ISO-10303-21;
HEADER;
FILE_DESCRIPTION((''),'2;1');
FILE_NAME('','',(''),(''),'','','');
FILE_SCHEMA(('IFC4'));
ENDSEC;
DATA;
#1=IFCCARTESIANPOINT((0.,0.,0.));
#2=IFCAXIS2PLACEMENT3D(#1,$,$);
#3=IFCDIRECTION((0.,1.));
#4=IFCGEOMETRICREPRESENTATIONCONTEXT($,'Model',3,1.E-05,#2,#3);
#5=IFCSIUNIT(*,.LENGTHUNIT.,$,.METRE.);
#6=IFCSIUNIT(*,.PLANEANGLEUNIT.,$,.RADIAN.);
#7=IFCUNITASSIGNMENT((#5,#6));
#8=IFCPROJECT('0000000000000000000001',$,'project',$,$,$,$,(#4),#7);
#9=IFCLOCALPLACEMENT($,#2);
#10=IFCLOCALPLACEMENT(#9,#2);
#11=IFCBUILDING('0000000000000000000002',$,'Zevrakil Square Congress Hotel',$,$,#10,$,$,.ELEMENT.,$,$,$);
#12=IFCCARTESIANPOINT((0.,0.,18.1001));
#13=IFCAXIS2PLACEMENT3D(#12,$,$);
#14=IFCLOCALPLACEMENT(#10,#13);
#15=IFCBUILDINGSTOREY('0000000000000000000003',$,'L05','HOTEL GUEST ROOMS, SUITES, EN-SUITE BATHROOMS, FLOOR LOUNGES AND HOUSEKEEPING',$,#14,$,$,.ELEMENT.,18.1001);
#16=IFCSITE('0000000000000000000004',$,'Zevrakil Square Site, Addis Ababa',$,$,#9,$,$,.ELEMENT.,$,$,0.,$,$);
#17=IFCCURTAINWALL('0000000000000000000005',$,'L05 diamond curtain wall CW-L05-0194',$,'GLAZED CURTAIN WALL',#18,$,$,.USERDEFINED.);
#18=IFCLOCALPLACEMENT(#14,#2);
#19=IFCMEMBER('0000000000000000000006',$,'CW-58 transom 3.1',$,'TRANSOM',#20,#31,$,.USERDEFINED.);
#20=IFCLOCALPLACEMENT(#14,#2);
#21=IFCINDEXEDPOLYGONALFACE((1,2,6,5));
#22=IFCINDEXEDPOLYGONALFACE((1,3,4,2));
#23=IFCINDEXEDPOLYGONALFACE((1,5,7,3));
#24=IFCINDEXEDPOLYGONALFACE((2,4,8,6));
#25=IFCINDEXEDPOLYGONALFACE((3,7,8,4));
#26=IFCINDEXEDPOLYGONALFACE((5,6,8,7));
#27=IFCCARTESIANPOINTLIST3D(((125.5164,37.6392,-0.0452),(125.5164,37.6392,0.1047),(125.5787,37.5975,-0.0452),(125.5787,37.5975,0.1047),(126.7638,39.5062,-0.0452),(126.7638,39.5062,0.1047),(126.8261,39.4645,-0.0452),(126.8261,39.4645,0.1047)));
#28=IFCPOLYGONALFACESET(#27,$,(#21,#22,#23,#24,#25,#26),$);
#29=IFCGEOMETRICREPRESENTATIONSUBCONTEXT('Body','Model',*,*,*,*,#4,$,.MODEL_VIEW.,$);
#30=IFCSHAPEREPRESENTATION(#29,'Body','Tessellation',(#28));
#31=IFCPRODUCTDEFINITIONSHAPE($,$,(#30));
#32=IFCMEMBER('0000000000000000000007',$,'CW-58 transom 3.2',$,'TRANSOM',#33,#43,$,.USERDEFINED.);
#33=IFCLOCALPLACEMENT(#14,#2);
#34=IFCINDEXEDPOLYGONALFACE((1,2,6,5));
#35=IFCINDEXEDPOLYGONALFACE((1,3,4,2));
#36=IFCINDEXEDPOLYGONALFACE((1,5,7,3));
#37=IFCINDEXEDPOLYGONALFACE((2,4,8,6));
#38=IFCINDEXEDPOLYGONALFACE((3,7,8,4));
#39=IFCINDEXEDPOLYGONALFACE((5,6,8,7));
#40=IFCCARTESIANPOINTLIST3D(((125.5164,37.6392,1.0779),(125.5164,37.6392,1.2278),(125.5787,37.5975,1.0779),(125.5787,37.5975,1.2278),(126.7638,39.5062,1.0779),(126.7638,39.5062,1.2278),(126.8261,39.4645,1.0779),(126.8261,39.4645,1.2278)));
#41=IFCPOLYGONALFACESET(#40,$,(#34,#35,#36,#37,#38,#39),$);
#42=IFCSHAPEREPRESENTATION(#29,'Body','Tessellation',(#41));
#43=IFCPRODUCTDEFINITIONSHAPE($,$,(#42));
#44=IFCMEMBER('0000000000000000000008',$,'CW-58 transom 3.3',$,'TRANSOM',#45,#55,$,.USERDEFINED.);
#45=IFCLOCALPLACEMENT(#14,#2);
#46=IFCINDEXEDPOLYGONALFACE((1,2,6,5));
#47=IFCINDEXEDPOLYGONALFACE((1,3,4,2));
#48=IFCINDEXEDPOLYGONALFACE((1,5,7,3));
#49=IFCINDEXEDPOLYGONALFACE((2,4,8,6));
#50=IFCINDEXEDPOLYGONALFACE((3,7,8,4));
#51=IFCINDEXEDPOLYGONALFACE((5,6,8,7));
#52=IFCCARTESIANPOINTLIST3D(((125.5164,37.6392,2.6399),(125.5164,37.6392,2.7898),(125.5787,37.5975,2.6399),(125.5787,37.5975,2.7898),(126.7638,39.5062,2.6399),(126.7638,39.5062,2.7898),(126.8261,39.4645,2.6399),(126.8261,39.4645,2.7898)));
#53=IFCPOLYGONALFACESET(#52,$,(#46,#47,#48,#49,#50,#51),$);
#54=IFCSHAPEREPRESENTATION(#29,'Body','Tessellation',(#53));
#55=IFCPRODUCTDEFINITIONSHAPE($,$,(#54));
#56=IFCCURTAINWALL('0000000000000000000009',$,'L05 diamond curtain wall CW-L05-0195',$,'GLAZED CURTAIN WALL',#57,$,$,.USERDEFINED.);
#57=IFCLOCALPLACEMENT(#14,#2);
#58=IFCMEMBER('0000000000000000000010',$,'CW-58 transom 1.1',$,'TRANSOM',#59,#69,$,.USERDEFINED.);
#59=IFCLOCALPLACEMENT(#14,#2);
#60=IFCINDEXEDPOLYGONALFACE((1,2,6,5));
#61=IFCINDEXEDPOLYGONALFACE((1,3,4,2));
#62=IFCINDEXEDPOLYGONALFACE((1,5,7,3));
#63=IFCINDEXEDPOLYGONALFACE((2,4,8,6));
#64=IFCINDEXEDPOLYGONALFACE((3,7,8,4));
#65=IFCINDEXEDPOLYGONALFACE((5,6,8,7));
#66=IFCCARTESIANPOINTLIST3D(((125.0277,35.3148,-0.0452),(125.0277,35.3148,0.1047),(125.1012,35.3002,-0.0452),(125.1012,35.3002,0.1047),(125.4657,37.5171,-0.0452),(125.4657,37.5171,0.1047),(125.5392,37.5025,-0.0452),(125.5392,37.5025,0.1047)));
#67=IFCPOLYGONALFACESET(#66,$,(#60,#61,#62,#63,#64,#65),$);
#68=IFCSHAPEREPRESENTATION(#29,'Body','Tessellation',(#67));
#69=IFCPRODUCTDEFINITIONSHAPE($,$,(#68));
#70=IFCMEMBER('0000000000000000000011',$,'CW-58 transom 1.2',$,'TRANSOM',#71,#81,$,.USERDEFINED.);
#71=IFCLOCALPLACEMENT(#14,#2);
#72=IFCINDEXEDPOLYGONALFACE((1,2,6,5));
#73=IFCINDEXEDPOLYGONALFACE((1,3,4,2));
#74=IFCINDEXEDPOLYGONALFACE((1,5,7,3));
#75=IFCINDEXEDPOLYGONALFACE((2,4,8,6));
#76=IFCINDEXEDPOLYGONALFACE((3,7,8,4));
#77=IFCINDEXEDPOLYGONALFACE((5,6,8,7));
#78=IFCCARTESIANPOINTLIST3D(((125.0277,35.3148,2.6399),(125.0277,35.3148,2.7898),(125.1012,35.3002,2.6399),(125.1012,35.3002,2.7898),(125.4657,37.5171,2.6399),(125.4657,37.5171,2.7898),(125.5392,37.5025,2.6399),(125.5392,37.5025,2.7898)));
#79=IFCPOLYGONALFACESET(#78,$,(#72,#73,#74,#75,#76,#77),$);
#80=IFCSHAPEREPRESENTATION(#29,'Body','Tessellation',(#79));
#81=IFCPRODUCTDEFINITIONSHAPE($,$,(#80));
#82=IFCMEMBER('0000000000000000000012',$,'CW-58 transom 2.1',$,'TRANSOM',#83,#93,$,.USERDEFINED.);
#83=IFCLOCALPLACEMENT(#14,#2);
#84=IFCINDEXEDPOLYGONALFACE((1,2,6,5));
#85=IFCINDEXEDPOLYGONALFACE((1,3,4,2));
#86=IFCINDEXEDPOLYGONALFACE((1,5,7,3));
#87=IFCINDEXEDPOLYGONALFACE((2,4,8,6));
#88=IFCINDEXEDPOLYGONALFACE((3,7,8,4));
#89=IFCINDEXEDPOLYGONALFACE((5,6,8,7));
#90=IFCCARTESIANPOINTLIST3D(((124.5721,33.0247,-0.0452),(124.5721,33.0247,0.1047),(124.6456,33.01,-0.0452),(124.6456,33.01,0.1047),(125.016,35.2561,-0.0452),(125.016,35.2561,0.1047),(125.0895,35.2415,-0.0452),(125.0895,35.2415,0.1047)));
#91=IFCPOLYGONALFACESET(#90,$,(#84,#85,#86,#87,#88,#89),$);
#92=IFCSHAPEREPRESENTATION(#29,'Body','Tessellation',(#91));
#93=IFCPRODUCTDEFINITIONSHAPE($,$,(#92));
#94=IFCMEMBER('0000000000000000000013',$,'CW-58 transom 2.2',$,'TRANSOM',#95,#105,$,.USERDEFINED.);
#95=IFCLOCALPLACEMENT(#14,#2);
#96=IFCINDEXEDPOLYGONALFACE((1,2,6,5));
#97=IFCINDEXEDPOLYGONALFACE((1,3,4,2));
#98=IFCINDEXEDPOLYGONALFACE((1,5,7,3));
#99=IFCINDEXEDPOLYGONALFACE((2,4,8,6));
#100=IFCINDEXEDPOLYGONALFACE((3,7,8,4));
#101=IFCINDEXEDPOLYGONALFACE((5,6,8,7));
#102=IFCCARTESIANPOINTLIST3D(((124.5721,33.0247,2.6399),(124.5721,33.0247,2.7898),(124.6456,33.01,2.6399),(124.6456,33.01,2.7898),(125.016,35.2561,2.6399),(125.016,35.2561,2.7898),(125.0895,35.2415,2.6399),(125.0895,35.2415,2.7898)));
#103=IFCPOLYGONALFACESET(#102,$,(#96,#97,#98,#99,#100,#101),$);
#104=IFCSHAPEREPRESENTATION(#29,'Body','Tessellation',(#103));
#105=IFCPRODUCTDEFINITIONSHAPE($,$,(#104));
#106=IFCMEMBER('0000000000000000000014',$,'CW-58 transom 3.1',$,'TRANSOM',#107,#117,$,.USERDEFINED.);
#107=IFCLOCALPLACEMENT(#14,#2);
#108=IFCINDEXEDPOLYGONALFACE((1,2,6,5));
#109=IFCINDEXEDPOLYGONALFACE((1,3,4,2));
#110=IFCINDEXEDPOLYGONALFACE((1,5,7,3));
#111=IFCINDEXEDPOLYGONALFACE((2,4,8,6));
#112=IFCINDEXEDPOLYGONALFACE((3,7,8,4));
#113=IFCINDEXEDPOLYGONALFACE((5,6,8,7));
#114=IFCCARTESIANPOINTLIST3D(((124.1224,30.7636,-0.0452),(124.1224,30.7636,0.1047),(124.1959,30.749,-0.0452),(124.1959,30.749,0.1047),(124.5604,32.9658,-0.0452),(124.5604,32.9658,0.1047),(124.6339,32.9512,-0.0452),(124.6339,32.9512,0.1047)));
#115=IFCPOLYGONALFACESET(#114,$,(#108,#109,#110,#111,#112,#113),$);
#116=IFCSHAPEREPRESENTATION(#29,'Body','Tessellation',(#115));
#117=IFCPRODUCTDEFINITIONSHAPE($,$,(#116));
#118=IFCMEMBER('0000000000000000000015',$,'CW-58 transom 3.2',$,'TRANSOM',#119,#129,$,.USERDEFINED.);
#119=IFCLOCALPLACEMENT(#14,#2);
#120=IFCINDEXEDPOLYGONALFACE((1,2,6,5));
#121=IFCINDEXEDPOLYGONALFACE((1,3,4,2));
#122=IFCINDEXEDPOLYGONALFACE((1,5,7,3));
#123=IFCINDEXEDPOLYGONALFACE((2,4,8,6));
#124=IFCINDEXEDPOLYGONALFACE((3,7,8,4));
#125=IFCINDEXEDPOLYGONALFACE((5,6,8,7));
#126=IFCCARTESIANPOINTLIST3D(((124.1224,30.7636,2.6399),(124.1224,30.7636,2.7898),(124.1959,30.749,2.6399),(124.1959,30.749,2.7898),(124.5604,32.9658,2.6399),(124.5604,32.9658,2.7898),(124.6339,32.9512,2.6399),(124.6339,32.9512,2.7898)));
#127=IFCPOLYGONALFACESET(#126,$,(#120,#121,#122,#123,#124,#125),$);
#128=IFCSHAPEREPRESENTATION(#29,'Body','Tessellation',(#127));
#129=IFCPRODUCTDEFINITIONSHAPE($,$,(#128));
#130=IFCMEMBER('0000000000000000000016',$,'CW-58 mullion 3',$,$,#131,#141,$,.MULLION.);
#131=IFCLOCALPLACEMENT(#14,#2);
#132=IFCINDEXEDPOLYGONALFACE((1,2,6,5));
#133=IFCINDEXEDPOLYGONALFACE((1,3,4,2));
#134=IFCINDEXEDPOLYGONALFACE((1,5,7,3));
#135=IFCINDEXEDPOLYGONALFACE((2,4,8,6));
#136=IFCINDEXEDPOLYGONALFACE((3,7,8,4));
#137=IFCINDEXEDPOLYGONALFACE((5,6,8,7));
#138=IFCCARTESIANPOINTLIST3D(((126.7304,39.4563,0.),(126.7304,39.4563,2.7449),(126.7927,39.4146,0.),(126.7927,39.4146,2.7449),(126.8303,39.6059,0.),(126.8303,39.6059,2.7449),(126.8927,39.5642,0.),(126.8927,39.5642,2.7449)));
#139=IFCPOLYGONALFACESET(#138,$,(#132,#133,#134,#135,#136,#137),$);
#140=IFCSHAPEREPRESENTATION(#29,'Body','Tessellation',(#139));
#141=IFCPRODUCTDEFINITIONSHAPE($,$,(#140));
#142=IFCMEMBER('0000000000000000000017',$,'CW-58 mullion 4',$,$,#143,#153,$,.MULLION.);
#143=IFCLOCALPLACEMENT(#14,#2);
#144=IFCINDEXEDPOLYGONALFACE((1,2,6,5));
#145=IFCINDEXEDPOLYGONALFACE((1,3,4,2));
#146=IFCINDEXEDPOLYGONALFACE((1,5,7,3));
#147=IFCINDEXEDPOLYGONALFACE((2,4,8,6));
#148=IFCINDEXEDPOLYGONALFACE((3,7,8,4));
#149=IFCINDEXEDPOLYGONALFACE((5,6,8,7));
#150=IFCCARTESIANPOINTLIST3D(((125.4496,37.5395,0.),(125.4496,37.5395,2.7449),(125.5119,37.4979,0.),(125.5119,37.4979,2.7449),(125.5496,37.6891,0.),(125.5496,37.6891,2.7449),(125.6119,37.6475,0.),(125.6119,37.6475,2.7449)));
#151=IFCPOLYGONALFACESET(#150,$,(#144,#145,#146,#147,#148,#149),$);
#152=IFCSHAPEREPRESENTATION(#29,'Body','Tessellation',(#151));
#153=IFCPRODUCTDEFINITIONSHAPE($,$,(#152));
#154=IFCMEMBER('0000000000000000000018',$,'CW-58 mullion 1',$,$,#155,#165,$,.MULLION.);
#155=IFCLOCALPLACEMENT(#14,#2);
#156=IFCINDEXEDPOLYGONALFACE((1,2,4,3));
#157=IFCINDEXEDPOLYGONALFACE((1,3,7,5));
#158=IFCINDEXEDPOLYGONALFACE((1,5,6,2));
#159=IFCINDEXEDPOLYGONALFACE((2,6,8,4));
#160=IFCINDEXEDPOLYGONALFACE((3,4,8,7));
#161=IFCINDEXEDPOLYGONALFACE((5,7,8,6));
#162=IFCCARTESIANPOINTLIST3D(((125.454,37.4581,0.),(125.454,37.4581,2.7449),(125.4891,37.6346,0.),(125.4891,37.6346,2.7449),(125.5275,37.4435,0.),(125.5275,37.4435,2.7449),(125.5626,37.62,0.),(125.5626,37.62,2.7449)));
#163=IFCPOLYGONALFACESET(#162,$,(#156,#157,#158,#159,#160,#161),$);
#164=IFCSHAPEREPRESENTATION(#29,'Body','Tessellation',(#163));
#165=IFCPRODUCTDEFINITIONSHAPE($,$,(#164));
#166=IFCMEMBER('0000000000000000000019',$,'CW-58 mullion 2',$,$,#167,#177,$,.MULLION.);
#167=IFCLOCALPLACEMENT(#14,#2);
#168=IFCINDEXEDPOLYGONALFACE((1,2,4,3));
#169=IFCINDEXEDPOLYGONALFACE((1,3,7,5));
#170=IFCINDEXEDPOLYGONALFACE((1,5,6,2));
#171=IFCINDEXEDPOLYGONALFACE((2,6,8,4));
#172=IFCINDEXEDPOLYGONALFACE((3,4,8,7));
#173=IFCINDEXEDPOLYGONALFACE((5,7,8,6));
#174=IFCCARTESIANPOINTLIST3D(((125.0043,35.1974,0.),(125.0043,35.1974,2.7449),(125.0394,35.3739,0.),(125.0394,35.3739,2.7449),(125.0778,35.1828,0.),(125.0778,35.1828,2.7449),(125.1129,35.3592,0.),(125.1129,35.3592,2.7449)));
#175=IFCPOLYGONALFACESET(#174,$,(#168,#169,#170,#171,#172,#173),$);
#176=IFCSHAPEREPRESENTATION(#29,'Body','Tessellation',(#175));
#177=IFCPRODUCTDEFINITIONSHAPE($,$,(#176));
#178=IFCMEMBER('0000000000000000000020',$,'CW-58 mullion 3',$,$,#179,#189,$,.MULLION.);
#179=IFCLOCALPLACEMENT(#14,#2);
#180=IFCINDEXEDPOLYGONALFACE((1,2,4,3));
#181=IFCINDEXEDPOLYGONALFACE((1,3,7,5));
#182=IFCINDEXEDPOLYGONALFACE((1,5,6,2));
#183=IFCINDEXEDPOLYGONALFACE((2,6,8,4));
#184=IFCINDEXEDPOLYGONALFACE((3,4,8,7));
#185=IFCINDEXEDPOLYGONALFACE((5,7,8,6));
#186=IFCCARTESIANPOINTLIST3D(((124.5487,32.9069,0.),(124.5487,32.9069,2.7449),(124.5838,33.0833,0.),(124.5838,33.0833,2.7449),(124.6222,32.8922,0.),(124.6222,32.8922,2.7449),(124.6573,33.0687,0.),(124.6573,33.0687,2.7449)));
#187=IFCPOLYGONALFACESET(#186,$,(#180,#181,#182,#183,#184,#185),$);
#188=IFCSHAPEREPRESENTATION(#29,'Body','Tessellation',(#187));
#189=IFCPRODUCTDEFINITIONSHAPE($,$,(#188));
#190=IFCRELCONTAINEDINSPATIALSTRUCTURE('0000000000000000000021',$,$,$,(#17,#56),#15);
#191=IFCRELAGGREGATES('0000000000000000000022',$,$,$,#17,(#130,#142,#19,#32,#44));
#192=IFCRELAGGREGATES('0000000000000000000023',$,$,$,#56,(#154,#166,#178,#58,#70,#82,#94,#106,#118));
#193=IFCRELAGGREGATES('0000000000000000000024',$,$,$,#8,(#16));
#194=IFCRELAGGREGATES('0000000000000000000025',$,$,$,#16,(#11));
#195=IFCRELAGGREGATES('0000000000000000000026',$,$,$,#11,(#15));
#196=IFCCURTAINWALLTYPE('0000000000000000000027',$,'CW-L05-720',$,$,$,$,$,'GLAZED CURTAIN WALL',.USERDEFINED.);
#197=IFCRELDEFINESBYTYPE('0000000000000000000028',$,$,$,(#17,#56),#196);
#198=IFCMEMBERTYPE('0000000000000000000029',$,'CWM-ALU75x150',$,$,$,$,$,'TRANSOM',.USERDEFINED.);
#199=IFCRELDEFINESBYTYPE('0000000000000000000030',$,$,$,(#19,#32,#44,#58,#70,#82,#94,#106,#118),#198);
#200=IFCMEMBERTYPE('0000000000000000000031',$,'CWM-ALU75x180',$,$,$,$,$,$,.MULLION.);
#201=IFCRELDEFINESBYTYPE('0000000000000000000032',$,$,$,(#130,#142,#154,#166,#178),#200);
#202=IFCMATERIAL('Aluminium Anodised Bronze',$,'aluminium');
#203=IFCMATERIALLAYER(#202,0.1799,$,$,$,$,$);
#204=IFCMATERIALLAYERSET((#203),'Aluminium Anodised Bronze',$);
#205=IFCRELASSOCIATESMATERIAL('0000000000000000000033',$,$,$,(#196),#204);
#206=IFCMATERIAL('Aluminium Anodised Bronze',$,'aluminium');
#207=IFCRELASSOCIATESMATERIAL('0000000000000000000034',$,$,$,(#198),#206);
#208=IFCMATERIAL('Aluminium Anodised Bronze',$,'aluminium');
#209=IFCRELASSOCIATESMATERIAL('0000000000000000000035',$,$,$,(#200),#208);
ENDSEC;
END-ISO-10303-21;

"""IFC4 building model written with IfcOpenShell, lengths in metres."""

from ifc_helpers import new_model, si_unit, direction, frame, origin, origin_2d, place, context, subcontext, project, spatial, rectangle, extrude, material, layer, layer_set, material_profile, profile_set, type_object, element, aggregate, save


model = new_model("IFC4")

# Units and contexts
model_context = context("Model", 3, precision=1e-05, world=origin(), true_north=direction((0.0, 1.0)))
body_context = subcontext(model_context, "Body", "Model", "MODEL_VIEW")
ifc_project = project(units=[si_unit("LENGTHUNIT", "METRE"), si_unit("PLANEANGLEUNIT", "RADIAN")], contexts=[model_context])

# Site, building, storey
site_placement = place(None, origin())
site = spatial("IfcSite", under=ifc_project, at=site_placement, Name="Zevrakil Square Site, Addis Ababa", CompositionType="ELEMENT", RefElevation=0.0)
building_placement = place(site_placement, origin())
building = spatial("IfcBuilding", under=site, at=building_placement, Name="Zevrakil Square Congress Hotel", CompositionType="ELEMENT")
storey_placement = place(building_placement, frame((0.0, 0.0, 18.1001)))
storey = spatial("IfcBuildingStorey", under=building, at=storey_placement, Name="L05", Description="HOTEL GUEST ROOMS, SUITES, EN-SUITE BATHROOMS, FLOOR LOUNGES AND HOUSEKEEPING", CompositionType="ELEMENT", Elevation=18.1001)

# Curtain walls, members
ifc_material_1 = material(Name="Aluminium Anodised Bronze", Category="aluminium")
ifc_layer_1 = layer(ifc_material_1, 0.1799)
ifc_layer_set_1 = layer_set([ifc_layer_1], Name="Aluminium Anodised Bronze")
curtain_wall_type = type_object("IfcCurtainWallType", Name="CW-L05-720", ElementType="GLAZED CURTAIN WALL", PredefinedType="USERDEFINED", material=ifc_layer_set_1)
curtain_wall_1_placement = place(storey_placement, origin())
curtain_wall_1 = element("IfcCurtainWall", 1, at=curtain_wall_1_placement, inside=storey, type_object=curtain_wall_type, Name="L05 diamond curtain wall CW-L05-0194", ObjectType="GLAZED CURTAIN WALL", PredefinedType="USERDEFINED")
ifc_material_2 = material(Name="Aluminium Anodised Bronze", Category="aluminium")
ifc_material_profile_1 = material_profile(ifc_material_2, rectangle(XDim=0.075, YDim=0.1499, at=origin_2d()), Name="ALU 75x150")
ifc_profile_set_1 = profile_set([ifc_material_profile_1], Name="Aluminium Anodised Bronze")
member_type_1 = type_object("IfcMemberType", Name="CWM-ALU75x150", ElementType="TRANSOM", PredefinedType="USERDEFINED", material=ifc_profile_set_1)
member_1_placement = place(storey_placement, frame((126.7949, 39.4854, 0.0298), z_axis=(-0.555528, -0.831498, 0.0), x_axis=(0.831498, -0.555528, 0.0)))
member_1 = element("IfcMember", 2, at=member_1_placement, type_object=member_type_1, Name="CW-58 transom 3.1", ObjectType="TRANSOM", PredefinedType="USERDEFINED", context=body_context, shape_type="SweptSolid", body=[
    extrude(rectangle(XDim=0.075, YDim=0.1499, at=origin_2d()), origin(), (0.0, 0.0, 1.0), 2.2454),
])
member_2_placement = place(storey_placement, frame((126.7949, 39.4854, 1.1528), z_axis=(-0.555528, -0.831498, 0.0), x_axis=(0.831498, -0.555528, 0.0)))
member_2 = element("IfcMember", 3, at=member_2_placement, type_object=member_type_1, Name="CW-58 transom 3.2", ObjectType="TRANSOM", PredefinedType="USERDEFINED", context=body_context, shape_type="SweptSolid", body=[
    extrude(rectangle(XDim=0.075, YDim=0.1499, at=origin_2d()), origin(), (0.0, 0.0, 1.0), 2.2454),
])
member_3_placement = place(storey_placement, frame((126.7949, 39.4854, 2.7148), z_axis=(-0.555528, -0.831498, 0.0), x_axis=(0.831498, -0.555528, 0.0)))
member_3 = element("IfcMember", 4, at=member_3_placement, type_object=member_type_1, Name="CW-58 transom 3.3", ObjectType="TRANSOM", PredefinedType="USERDEFINED", context=body_context, shape_type="SweptSolid", body=[
    extrude(rectangle(XDim=0.075, YDim=0.1499, at=origin_2d()), origin(), (0.0, 0.0, 1.0), 2.2454),
])
curtain_wall_2_placement = place(storey_placement, origin())
curtain_wall_2 = element("IfcCurtainWall", 5, at=curtain_wall_2_placement, inside=storey, type_object=curtain_wall_type, Name="L05 diamond curtain wall CW-L05-0195", ObjectType="GLAZED CURTAIN WALL", PredefinedType="USERDEFINED")
member_4_placement = place(storey_placement, frame((125.5024, 37.5098, 0.0298), z_axis=(-0.19507, -0.980789, 0.0), x_axis=(0.980789, -0.19507, 0.0)))
member_4 = element("IfcMember", 6, at=member_4_placement, type_object=member_type_1, Name="CW-58 transom 1.1", ObjectType="TRANSOM", PredefinedType="USERDEFINED", context=body_context, shape_type="SweptSolid", body=[
    extrude(rectangle(XDim=0.075, YDim=0.1499, at=origin_2d()), origin(), (0.0, 0.0, 1.0), 2.2454),
])
member_5_placement = place(storey_placement, frame((125.5024, 37.5098, 2.7148), z_axis=(-0.19507, -0.980789, 0.0), x_axis=(0.980789, -0.19507, 0.0)))
member_5 = element("IfcMember", 7, at=member_5_placement, type_object=member_type_1, Name="CW-58 transom 1.2", ObjectType="TRANSOM", PredefinedType="USERDEFINED", context=body_context, shape_type="SweptSolid", body=[
    extrude(rectangle(XDim=0.075, YDim=0.1499, at=origin_2d()), origin(), (0.0, 0.0, 1.0), 2.2454),
])
member_6_placement = place(storey_placement, frame((125.0527, 35.2488, 0.0298), z_axis=(-0.195084, -0.980786, 0.0), x_axis=(0.980786, -0.195084, 0.0)))
member_6 = element("IfcMember", 8, at=member_6_placement, type_object=member_type_1, Name="CW-58 transom 2.1", ObjectType="TRANSOM", PredefinedType="USERDEFINED", context=body_context, shape_type="SweptSolid", body=[
    extrude(rectangle(XDim=0.075, YDim=0.1499, at=origin_2d()), origin(), (0.0, 0.0, 1.0), 2.2751),
])
member_7_placement = place(storey_placement, frame((125.0527, 35.2488, 2.7148), z_axis=(-0.195084, -0.980786, 0.0), x_axis=(0.980786, -0.195084, 0.0)))
member_7 = element("IfcMember", 9, at=member_7_placement, type_object=member_type_1, Name="CW-58 transom 2.2", ObjectType="TRANSOM", PredefinedType="USERDEFINED", context=body_context, shape_type="SweptSolid", body=[
    extrude(rectangle(XDim=0.075, YDim=0.1499, at=origin_2d()), origin(), (0.0, 0.0, 1.0), 2.2751),
])
member_8_placement = place(storey_placement, frame((124.5972, 32.9585, 0.0298), z_axis=(-0.19507, -0.980789, 0.0), x_axis=(0.980789, -0.19507, 0.0)))
member_8 = element("IfcMember", 10, at=member_8_placement, type_object=member_type_1, Name="CW-58 transom 3.1", ObjectType="TRANSOM", PredefinedType="USERDEFINED", context=body_context, shape_type="SweptSolid", body=[
    extrude(rectangle(XDim=0.075, YDim=0.1499, at=origin_2d()), origin(), (0.0, 0.0, 1.0), 2.2454),
])
member_9_placement = place(storey_placement, frame((124.5972, 32.9585, 2.7148), z_axis=(-0.19507, -0.980789, 0.0), x_axis=(0.980789, -0.19507, 0.0)))
member_9 = element("IfcMember", 11, at=member_9_placement, type_object=member_type_1, Name="CW-58 transom 3.2", ObjectType="TRANSOM", PredefinedType="USERDEFINED", context=body_context, shape_type="SweptSolid", body=[
    extrude(rectangle(XDim=0.075, YDim=0.1499, at=origin_2d()), origin(), (0.0, 0.0, 1.0), 2.2454),
])

# Members
ifc_material_3 = material(Name="Aluminium Anodised Bronze", Category="aluminium")
ifc_material_profile_2 = material_profile(ifc_material_3, rectangle(XDim=0.075, YDim=0.1799, at=origin_2d()), Name="ALU 75x180")
ifc_profile_set_2 = profile_set([ifc_material_profile_2], Name="Aluminium Anodised Bronze")
member_type_2 = type_object("IfcMemberType", Name="CWM-ALU75x180", PredefinedType="MULLION", material=ifc_profile_set_2)
member_10_placement = place(storey_placement, frame((126.8115, 39.5103, 0.0), z_axis=(0.0, 0.0, 1.0), x_axis=(0.831466, -0.555576, 0.0)))
member_10 = element("IfcMember", 12, at=member_10_placement, type_object=member_type_2, Name="CW-58 mullion 3", PredefinedType="MULLION", context=body_context, shape_type="SweptSolid", body=[
    extrude(rectangle(XDim=0.075, YDim=0.1799, at=origin_2d()), origin(), (0.0, 0.0, 1.0), 2.7449),
])
member_11_placement = place(storey_placement, frame((125.5308, 37.5935, 0.0), z_axis=(0.0, 0.0, 1.0), x_axis=(0.831466, -0.555576, 0.0)))
member_11 = element("IfcMember", 13, at=member_11_placement, type_object=member_type_2, Name="CW-58 mullion 4", PredefinedType="MULLION", context=body_context, shape_type="SweptSolid", body=[
    extrude(rectangle(XDim=0.075, YDim=0.1799, at=origin_2d()), origin(), (0.0, 0.0, 1.0), 2.7449),
])
member_12_placement = place(storey_placement, frame((125.5083, 37.5391, 0.0), z_axis=(0.0, 0.0, 1.0), x_axis=(0.980787, -0.195084, 0.0)))
member_12 = element("IfcMember", 14, at=member_12_placement, type_object=member_type_2, Name="CW-58 mullion 1", PredefinedType="MULLION", context=body_context, shape_type="SweptSolid", body=[
    extrude(rectangle(XDim=0.075, YDim=0.1799, at=origin_2d()), origin(), (0.0, 0.0, 1.0), 2.7449),
])
member_13_placement = place(storey_placement, frame((125.0586, 35.2783, 0.0), z_axis=(0.0, 0.0, 1.0), x_axis=(0.980787, -0.195084, 0.0)))
member_13 = element("IfcMember", 15, at=member_13_placement, type_object=member_type_2, Name="CW-58 mullion 2", PredefinedType="MULLION", context=body_context, shape_type="SweptSolid", body=[
    extrude(rectangle(XDim=0.075, YDim=0.1799, at=origin_2d()), origin(), (0.0, 0.0, 1.0), 2.7449),
])
member_14_placement = place(storey_placement, frame((124.603, 32.9878, 0.0), z_axis=(0.0, 0.0, 1.0), x_axis=(0.980787, -0.195084, 0.0)))
member_14 = element("IfcMember", 16, at=member_14_placement, type_object=member_type_2, Name="CW-58 mullion 3", PredefinedType="MULLION", context=body_context, shape_type="SweptSolid", body=[
    extrude(rectangle(XDim=0.075, YDim=0.1799, at=origin_2d()), origin(), (0.0, 0.0, 1.0), 2.7449),
])

aggregate(curtain_wall_1, [member_10, member_11, member_1, member_2, member_3])
aggregate(curtain_wall_2, [member_12, member_13, member_14, member_4, member_5, member_6, member_7, member_8, member_9])

save(model, "model.ifc")
